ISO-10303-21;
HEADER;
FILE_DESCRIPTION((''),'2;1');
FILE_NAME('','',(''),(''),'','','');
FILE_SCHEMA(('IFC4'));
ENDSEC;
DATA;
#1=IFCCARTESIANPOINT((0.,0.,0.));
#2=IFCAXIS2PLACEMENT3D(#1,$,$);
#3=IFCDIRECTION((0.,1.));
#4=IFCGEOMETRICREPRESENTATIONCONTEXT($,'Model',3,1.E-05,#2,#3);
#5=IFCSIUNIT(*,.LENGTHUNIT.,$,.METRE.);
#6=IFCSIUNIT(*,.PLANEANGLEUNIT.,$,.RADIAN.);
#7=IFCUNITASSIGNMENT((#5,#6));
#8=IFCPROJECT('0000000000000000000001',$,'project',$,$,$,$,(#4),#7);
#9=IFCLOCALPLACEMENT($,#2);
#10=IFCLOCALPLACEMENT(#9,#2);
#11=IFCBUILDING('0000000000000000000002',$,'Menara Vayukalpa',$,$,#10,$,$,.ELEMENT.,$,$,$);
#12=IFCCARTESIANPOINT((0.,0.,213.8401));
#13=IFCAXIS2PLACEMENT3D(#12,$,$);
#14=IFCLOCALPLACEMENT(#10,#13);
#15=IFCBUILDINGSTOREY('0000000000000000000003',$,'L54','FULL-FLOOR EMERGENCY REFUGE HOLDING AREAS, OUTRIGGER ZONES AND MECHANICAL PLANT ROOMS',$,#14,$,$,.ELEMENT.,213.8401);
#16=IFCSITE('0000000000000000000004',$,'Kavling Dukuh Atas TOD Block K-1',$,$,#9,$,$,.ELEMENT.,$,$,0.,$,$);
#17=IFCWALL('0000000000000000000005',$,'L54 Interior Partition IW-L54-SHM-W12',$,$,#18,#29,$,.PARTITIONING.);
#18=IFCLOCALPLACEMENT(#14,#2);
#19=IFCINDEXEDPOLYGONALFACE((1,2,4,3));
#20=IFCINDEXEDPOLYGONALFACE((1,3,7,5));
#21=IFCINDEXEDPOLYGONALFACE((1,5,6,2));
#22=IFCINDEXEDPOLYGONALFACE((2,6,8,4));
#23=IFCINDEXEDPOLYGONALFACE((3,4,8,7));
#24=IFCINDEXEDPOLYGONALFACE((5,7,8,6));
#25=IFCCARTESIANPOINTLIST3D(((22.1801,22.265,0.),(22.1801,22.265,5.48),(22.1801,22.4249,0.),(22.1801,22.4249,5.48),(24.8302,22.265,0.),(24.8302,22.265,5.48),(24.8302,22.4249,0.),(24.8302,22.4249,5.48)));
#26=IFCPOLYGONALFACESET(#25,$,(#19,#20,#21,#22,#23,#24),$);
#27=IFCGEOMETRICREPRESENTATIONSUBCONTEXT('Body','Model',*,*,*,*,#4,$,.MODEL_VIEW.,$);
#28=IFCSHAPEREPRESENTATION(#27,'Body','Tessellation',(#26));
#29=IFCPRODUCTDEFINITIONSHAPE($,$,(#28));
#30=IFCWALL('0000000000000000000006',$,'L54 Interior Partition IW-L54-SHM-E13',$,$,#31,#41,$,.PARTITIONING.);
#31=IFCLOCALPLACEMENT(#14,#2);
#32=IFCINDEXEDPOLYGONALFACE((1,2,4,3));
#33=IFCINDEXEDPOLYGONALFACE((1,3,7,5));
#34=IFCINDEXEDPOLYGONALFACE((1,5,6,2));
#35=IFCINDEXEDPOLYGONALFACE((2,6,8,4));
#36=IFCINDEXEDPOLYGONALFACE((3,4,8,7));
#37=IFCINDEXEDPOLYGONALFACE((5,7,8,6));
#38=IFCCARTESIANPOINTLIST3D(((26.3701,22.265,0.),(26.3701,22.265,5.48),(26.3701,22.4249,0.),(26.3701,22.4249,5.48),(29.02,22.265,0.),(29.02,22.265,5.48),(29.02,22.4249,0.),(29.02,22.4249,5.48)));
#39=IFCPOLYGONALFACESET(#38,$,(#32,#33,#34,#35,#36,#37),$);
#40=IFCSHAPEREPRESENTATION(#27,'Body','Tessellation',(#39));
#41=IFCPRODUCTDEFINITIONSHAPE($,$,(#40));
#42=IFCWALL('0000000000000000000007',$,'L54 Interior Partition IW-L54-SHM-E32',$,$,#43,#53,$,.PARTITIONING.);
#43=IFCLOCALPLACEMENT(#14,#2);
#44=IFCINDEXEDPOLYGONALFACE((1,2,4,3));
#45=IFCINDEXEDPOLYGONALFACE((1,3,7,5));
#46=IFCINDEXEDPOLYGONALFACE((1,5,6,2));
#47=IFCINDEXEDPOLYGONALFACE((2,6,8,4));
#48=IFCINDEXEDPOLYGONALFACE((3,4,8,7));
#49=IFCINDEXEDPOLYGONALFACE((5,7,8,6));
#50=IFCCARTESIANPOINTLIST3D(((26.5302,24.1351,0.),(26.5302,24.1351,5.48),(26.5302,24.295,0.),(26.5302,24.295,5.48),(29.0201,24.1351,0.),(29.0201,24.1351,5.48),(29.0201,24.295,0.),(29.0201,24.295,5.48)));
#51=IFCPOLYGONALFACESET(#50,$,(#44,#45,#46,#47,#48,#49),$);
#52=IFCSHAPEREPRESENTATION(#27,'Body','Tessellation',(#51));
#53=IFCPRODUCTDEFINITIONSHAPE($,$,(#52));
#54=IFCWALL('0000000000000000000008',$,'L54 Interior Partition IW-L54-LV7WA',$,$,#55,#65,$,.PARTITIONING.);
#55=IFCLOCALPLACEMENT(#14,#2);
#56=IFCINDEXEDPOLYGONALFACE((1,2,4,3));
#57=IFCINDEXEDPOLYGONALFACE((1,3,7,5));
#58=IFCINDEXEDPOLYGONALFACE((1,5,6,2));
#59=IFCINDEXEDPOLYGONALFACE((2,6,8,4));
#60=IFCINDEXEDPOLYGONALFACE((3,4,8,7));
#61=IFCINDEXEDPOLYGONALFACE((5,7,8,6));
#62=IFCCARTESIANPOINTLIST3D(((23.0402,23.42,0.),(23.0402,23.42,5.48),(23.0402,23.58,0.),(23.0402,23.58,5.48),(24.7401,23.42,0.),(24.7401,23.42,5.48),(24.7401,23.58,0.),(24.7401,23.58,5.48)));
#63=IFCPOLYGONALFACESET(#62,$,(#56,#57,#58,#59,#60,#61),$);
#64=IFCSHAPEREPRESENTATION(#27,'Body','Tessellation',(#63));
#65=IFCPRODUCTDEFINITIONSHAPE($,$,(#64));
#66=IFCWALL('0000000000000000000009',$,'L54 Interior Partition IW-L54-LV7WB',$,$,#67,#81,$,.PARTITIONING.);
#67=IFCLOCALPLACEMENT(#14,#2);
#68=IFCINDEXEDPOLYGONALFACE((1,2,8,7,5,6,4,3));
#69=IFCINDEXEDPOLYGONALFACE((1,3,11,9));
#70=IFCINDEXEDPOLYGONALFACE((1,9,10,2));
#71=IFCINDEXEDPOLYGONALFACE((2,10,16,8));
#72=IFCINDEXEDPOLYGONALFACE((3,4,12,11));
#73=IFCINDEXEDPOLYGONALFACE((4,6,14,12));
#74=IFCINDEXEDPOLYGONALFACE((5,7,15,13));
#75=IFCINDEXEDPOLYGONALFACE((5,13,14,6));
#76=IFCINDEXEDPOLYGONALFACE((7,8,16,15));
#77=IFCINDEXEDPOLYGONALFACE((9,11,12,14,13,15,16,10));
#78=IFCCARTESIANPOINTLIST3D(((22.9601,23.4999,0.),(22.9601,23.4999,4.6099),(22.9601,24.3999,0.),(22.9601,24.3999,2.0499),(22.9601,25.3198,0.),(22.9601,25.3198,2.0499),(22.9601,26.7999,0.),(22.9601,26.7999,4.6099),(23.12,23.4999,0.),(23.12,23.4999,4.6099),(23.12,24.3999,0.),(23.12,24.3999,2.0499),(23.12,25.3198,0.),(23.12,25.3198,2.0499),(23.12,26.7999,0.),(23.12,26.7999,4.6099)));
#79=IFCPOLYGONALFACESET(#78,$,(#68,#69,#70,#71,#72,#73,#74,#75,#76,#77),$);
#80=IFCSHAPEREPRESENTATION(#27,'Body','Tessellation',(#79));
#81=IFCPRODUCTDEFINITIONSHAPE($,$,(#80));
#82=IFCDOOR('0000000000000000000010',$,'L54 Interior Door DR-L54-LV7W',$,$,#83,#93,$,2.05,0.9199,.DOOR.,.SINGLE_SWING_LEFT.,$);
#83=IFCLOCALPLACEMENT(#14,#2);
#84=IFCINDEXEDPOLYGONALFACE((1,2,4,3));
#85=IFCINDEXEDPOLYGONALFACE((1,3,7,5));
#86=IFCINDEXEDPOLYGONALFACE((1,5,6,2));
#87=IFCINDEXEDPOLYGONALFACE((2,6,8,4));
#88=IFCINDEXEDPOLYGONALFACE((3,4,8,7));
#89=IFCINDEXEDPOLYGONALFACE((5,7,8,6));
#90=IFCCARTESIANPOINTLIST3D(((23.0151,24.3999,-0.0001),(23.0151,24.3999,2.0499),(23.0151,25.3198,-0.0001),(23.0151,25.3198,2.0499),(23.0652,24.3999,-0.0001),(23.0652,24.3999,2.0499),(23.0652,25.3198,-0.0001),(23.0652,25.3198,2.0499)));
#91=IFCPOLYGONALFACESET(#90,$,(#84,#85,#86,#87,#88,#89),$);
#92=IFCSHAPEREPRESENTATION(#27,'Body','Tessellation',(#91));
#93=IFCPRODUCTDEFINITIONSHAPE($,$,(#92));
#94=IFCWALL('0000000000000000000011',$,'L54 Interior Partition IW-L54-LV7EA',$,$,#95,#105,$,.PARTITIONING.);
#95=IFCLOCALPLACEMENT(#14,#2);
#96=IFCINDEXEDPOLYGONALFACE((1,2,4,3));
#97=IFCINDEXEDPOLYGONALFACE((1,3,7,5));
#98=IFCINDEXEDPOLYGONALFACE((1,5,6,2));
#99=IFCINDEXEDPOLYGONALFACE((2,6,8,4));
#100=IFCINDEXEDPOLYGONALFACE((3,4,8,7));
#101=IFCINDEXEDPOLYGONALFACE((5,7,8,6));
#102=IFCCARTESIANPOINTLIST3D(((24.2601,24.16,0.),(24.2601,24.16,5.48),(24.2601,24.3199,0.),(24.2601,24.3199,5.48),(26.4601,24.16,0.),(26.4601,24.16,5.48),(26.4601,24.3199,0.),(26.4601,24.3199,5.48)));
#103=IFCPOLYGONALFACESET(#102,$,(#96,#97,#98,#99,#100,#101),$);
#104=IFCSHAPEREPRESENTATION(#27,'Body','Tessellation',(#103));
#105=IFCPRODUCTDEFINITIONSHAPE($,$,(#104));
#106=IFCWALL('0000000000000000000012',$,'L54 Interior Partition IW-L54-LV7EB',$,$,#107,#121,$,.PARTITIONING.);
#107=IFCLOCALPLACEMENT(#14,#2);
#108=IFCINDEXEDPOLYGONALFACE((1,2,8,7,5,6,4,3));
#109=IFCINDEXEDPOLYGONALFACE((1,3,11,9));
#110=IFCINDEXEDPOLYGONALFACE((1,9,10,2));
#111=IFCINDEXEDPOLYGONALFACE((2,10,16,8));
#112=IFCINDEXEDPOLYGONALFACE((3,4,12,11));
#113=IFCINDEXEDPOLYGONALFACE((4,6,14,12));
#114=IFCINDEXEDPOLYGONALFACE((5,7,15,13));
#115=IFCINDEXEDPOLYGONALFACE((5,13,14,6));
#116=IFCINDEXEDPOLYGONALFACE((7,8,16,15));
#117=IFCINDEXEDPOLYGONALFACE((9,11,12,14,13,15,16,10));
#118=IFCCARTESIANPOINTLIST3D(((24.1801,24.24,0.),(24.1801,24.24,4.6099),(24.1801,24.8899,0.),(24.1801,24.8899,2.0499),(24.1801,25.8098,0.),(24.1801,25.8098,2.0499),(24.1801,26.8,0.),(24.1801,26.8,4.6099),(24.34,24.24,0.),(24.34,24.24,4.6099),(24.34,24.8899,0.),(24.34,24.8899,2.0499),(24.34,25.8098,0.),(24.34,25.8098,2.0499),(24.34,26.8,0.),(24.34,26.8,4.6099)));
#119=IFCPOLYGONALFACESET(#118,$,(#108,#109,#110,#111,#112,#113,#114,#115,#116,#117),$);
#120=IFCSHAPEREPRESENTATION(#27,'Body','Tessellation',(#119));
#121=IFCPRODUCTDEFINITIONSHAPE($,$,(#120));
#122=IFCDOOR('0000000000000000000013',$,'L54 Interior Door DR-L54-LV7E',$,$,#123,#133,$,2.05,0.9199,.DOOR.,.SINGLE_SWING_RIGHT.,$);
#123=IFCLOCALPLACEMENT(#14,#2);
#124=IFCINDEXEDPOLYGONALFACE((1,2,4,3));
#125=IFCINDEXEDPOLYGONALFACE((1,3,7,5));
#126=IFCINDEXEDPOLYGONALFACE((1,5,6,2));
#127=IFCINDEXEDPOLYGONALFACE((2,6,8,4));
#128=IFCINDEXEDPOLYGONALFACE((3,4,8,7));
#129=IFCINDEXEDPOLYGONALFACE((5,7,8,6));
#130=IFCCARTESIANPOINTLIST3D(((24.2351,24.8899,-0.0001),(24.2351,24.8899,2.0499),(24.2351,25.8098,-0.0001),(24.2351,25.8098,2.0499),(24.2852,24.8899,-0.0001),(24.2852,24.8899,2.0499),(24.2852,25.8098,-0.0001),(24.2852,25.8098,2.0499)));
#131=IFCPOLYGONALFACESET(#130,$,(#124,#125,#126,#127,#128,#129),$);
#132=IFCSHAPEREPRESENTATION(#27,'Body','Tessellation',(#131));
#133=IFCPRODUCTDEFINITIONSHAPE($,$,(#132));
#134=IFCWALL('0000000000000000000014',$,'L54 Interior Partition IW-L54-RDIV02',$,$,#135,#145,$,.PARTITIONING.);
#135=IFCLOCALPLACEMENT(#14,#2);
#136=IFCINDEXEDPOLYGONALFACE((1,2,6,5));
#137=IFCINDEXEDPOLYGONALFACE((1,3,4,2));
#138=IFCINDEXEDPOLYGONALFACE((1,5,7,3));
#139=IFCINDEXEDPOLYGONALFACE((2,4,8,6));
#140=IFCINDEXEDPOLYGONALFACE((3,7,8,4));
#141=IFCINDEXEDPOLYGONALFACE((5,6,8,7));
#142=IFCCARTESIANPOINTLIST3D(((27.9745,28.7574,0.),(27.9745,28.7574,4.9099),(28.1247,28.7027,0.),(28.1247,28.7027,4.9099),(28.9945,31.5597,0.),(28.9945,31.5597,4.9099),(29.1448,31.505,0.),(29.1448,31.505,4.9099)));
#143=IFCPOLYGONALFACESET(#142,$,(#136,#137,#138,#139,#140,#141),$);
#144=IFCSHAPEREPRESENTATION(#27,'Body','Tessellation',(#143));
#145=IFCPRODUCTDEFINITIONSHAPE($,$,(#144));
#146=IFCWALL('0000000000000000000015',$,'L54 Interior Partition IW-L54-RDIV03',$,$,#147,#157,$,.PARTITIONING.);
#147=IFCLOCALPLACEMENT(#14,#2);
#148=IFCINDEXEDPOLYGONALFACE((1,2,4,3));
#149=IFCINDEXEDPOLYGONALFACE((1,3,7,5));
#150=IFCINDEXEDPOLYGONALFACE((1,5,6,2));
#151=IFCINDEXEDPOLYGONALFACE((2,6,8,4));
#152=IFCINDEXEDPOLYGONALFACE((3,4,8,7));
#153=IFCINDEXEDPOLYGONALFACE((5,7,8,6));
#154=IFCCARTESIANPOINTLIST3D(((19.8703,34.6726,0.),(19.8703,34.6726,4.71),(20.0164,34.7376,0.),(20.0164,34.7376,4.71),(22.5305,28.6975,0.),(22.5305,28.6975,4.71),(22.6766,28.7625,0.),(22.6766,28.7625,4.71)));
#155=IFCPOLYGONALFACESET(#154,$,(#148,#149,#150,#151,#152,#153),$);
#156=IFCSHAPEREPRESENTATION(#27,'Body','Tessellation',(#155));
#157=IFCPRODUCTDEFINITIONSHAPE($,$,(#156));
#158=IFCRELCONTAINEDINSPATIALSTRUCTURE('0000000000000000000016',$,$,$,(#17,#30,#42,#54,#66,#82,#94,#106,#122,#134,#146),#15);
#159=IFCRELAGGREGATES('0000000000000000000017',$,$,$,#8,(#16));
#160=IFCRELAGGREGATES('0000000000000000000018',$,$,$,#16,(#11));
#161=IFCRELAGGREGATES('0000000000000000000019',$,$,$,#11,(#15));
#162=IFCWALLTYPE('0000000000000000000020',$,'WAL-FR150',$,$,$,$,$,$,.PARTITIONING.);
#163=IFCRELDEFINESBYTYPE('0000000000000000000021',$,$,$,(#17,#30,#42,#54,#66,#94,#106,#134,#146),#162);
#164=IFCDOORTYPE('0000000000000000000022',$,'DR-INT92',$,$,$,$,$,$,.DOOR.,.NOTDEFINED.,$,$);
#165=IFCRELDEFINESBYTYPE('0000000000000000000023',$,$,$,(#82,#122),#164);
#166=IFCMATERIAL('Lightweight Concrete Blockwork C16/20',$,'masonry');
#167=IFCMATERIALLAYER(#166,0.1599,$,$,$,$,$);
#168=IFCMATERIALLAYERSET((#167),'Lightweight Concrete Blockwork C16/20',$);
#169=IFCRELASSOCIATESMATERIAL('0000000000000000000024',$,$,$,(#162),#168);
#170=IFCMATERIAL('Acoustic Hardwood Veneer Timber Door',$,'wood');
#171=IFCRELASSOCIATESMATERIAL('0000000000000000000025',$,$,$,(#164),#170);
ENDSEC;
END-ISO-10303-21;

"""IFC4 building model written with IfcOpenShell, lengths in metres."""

from ifc_helpers import new_model, si_unit, direction, frame, frame_2d, origin, place, context, subcontext, project, spatial, rectangle, extrude, material, layer, layer_set, type_object, element, fill, save


model = new_model("IFC4")

# Units and contexts
model_context = context("Model", 3, precision=1e-05, world=origin(), true_north=direction((0.0, 1.0)))
body_context = subcontext(model_context, "Body", "Model", "MODEL_VIEW")
ifc_project = project(units=[si_unit("LENGTHUNIT", "METRE"), si_unit("PLANEANGLEUNIT", "RADIAN")], contexts=[model_context])

# Site, building, storey
site_placement = place(None, origin())
site = spatial("IfcSite", under=ifc_project, at=site_placement, Name="Kavling Dukuh Atas TOD Block K-1", CompositionType="ELEMENT", RefElevation=0.0)
building_placement = place(site_placement, origin())
building = spatial("IfcBuilding", under=site, at=building_placement, Name="Menara Vayukalpa", CompositionType="ELEMENT")
storey_placement = place(building_placement, frame((0.0, 0.0, 213.8401)))
storey = spatial("IfcBuildingStorey", under=building, at=storey_placement, Name="L54", Description="FULL-FLOOR EMERGENCY REFUGE HOLDING AREAS, OUTRIGGER ZONES AND MECHANICAL PLANT ROOMS", CompositionType="ELEMENT", Elevation=213.8401)

# Walls
ifc_material_1 = material(Name="Lightweight Concrete Blockwork C16/20", Category="masonry")
ifc_layer_1 = layer(ifc_material_1, 0.1599)
ifc_layer_set_1 = layer_set([ifc_layer_1], Name="Lightweight Concrete Blockwork C16/20")
wall_type_1 = type_object("IfcWallType", Name="WAL-FR150", PredefinedType="PARTITIONING", material=ifc_layer_set_1)
wall_1_placement = place(storey_placement, frame((22.1799, 22.345, 0.0), z_axis=(0.0, 0.0, 1.0), x_axis=(1.0, 0.0, 0.0)))
element("IfcWall", 1, at=wall_1_placement, inside=storey, type_object=wall_type_1, Name="L54 Interior Partition IW-L54-SHM-W12", PredefinedType="PARTITIONING", context=body_context, shape_type="SweptSolid", body=[
    extrude(rectangle(XDim=2.6501, YDim=0.1599, at=frame_2d((1.3252, 0.0))), origin(), (0.0, 0.0, 1.0), 5.48),
])
wall_2_placement = place(storey_placement, frame((26.3701, 22.345, 0.0), z_axis=(0.0, 0.0, 1.0), x_axis=(1.0, 0.0, 0.0)))
element("IfcWall", 2, at=wall_2_placement, inside=storey, type_object=wall_type_1, Name="L54 Interior Partition IW-L54-SHM-E13", PredefinedType="PARTITIONING", context=body_context, shape_type="SweptSolid", body=[
    extrude(rectangle(XDim=2.6499, YDim=0.1599, at=frame_2d((1.325, 0.0))), origin(), (0.0, 0.0, 1.0), 5.48),
])
wall_3_placement = place(storey_placement, frame((26.53, 24.2151, 0.0), z_axis=(0.0, 0.0, 1.0), x_axis=(1.0, 0.0, 0.0)))
element("IfcWall", 3, at=wall_3_placement, inside=storey, type_object=wall_type_1, Name="L54 Interior Partition IW-L54-SHM-E32", PredefinedType="PARTITIONING", context=body_context, shape_type="SweptSolid", body=[
    extrude(rectangle(XDim=2.49, YDim=0.1599, at=frame_2d((1.2451, 0.0))), origin(), (0.0, 0.0, 1.0), 5.48),
])
wall_4_placement = place(storey_placement, frame((23.04, 23.5, 0.0), z_axis=(0.0, 0.0, 1.0), x_axis=(1.0, 0.0, 0.0)))
element("IfcWall", 4, at=wall_4_placement, inside=storey, type_object=wall_type_1, Name="L54 Interior Partition IW-L54-LV7WA", PredefinedType="PARTITIONING", context=body_context, shape_type="SweptSolid", body=[
    extrude(rectangle(XDim=1.7, YDim=0.1599, at=frame_2d((0.8501, 0.0))), origin(), (0.0, 0.0, 1.0), 5.48),
])

# Wall, opening, door
wall_5_placement = place(storey_placement, frame((23.04, 23.5, 0.0), z_axis=(0.0, 0.0, 1.0), x_axis=(0.0, 1.0, 0.0)))
wall_5 = element("IfcWall", 5, at=wall_5_placement, inside=storey, type_object=wall_type_1, Name="L54 Interior Partition IW-L54-LV7WB", PredefinedType="PARTITIONING", context=body_context, shape_type="SweptSolid", body=[
    extrude(rectangle(XDim=3.3, YDim=0.1599, at=frame_2d((1.6499, 0.0))), origin(), (0.0, 0.0, 1.0), 4.6099),
])
opening_1_placement = place(wall_5_placement, frame((0.8999, 0.0, 0.0)))
opening_1 = element("IfcOpeningElement", 6, at=opening_1_placement, cuts=wall_5, PredefinedType="OPENING", context=body_context, shape_type="SweptSolid", body=[
    extrude(rectangle(XDim=0.9199, YDim=2.05, at=frame_2d((0.46, 1.0249))), frame((0.0, 0.0898, 0.0), z_axis=(0.0, -1.0, 0.0), x_axis=(1.0, 0.0, 0.0)), (0.0, 0.0, 1.0), 0.1799),
])
ifc_material_2 = material(Name="Acoustic Hardwood Veneer Timber Door", Category="wood")
door_type_1 = type_object("IfcDoorType", Name="DR-INT92", OperationType="NOTDEFINED", PredefinedType="DOOR", material=ifc_material_2)
door_1_placement = place(opening_1_placement, origin())
door_1 = element("IfcDoor", 7, at=door_1_placement, inside=storey, type_object=door_type_1, Name="L54 Interior Door DR-L54-LV7W", OperationType="SINGLE_SWING_LEFT", OverallHeight=2.05, OverallWidth=0.9199, PredefinedType="DOOR", context=body_context, shape_type="SweptSolid", body=[
    extrude(rectangle(XDim=0.9199, YDim=2.05, at=frame_2d((0.46, 1.0249))), frame((0.0, 0.0249, 0.0), z_axis=(0.0, -1.0, 0.0), x_axis=(1.0, 0.0, 0.0)), (0.0, 0.0, 1.0), 0.05),
])
fill(opening_1, door_1)

# Wall
wall_6_placement = place(storey_placement, frame((24.26, 24.24, 0.0), z_axis=(0.0, 0.0, 1.0), x_axis=(1.0, 0.0, 0.0)))
element("IfcWall", 8, at=wall_6_placement, inside=storey, type_object=wall_type_1, Name="L54 Interior Partition IW-L54-LV7EA", PredefinedType="PARTITIONING", context=body_context, shape_type="SweptSolid", body=[
    extrude(rectangle(XDim=2.2, YDim=0.1599, at=frame_2d((1.1001, 0.0))), origin(), (0.0, 0.0, 1.0), 5.48),
])

# Wall, opening, door
wall_7_placement = place(storey_placement, frame((24.26, 24.24, 0.0), z_axis=(0.0, 0.0, 1.0), x_axis=(0.0, 1.0, 0.0)))
wall_7 = element("IfcWall", 9, at=wall_7_placement, inside=storey, type_object=wall_type_1, Name="L54 Interior Partition IW-L54-LV7EB", PredefinedType="PARTITIONING", context=body_context, shape_type="SweptSolid", body=[
    extrude(rectangle(XDim=2.5601, YDim=0.1599, at=frame_2d((1.28, 0.0))), origin(), (0.0, 0.0, 1.0), 4.6099),
])
opening_2_placement = place(wall_7_placement, frame((0.6499, 0.0, 0.0)))
opening_2 = element("IfcOpeningElement", 10, at=opening_2_placement, cuts=wall_7, PredefinedType="OPENING", context=body_context, shape_type="SweptSolid", body=[
    extrude(rectangle(XDim=0.9199, YDim=2.05, at=frame_2d((0.46, 1.0249))), frame((0.0, 0.0898, 0.0), z_axis=(0.0, -1.0, 0.0), x_axis=(1.0, 0.0, 0.0)), (0.0, 0.0, 1.0), 0.1799),
])
door_2_placement = place(opening_2_placement, origin())
door_2 = element("IfcDoor", 11, at=door_2_placement, inside=storey, type_object=door_type_1, Name="L54 Interior Door DR-L54-LV7E", OperationType="SINGLE_SWING_RIGHT", OverallHeight=2.05, OverallWidth=0.9199, PredefinedType="DOOR", context=body_context, shape_type="SweptSolid", body=[
    extrude(rectangle(XDim=0.9199, YDim=2.05, at=frame_2d((0.46, 1.0249))), frame((0.0, 0.0249, 0.0), z_axis=(0.0, -1.0, 0.0), x_axis=(1.0, 0.0, 0.0)), (0.0, 0.0, 1.0), 0.05),
])
fill(opening_2, door_2)

# Walls
wall_8_placement = place(storey_placement, frame((28.0496, 28.73, 0.0), z_axis=(0.0, 0.0, 1.0), x_axis=(0.342045, 0.939683, 0.0)))
element("IfcWall", 12, at=wall_8_placement, inside=storey, type_object=wall_type_1, Name="L54 Interior Partition IW-L54-RDIV02", PredefinedType="PARTITIONING", context=body_context, shape_type="SweptSolid", body=[
    extrude(rectangle(XDim=2.9822, YDim=0.1599, at=frame_2d((1.4912, 0.0))), origin(), (0.0, 0.0, 1.0), 4.9099),
])
wall_9_placement = place(storey_placement, frame((22.6035, 28.73, 0.0), z_axis=(0.0, 0.0, 1.0), x_axis=(-0.40672, 0.913553, 0.0)))
element("IfcWall", 13, at=wall_9_placement, inside=storey, type_object=wall_type_1, Name="L54 Interior Partition IW-L54-RDIV03", PredefinedType="PARTITIONING", context=body_context, shape_type="SweptSolid", body=[
    extrude(rectangle(XDim=6.5405, YDim=0.1599, at=frame_2d((3.2703, 0.0))), origin(), (0.0, 0.0, 1.0), 4.71),
])

save(model, "model.ifc")
